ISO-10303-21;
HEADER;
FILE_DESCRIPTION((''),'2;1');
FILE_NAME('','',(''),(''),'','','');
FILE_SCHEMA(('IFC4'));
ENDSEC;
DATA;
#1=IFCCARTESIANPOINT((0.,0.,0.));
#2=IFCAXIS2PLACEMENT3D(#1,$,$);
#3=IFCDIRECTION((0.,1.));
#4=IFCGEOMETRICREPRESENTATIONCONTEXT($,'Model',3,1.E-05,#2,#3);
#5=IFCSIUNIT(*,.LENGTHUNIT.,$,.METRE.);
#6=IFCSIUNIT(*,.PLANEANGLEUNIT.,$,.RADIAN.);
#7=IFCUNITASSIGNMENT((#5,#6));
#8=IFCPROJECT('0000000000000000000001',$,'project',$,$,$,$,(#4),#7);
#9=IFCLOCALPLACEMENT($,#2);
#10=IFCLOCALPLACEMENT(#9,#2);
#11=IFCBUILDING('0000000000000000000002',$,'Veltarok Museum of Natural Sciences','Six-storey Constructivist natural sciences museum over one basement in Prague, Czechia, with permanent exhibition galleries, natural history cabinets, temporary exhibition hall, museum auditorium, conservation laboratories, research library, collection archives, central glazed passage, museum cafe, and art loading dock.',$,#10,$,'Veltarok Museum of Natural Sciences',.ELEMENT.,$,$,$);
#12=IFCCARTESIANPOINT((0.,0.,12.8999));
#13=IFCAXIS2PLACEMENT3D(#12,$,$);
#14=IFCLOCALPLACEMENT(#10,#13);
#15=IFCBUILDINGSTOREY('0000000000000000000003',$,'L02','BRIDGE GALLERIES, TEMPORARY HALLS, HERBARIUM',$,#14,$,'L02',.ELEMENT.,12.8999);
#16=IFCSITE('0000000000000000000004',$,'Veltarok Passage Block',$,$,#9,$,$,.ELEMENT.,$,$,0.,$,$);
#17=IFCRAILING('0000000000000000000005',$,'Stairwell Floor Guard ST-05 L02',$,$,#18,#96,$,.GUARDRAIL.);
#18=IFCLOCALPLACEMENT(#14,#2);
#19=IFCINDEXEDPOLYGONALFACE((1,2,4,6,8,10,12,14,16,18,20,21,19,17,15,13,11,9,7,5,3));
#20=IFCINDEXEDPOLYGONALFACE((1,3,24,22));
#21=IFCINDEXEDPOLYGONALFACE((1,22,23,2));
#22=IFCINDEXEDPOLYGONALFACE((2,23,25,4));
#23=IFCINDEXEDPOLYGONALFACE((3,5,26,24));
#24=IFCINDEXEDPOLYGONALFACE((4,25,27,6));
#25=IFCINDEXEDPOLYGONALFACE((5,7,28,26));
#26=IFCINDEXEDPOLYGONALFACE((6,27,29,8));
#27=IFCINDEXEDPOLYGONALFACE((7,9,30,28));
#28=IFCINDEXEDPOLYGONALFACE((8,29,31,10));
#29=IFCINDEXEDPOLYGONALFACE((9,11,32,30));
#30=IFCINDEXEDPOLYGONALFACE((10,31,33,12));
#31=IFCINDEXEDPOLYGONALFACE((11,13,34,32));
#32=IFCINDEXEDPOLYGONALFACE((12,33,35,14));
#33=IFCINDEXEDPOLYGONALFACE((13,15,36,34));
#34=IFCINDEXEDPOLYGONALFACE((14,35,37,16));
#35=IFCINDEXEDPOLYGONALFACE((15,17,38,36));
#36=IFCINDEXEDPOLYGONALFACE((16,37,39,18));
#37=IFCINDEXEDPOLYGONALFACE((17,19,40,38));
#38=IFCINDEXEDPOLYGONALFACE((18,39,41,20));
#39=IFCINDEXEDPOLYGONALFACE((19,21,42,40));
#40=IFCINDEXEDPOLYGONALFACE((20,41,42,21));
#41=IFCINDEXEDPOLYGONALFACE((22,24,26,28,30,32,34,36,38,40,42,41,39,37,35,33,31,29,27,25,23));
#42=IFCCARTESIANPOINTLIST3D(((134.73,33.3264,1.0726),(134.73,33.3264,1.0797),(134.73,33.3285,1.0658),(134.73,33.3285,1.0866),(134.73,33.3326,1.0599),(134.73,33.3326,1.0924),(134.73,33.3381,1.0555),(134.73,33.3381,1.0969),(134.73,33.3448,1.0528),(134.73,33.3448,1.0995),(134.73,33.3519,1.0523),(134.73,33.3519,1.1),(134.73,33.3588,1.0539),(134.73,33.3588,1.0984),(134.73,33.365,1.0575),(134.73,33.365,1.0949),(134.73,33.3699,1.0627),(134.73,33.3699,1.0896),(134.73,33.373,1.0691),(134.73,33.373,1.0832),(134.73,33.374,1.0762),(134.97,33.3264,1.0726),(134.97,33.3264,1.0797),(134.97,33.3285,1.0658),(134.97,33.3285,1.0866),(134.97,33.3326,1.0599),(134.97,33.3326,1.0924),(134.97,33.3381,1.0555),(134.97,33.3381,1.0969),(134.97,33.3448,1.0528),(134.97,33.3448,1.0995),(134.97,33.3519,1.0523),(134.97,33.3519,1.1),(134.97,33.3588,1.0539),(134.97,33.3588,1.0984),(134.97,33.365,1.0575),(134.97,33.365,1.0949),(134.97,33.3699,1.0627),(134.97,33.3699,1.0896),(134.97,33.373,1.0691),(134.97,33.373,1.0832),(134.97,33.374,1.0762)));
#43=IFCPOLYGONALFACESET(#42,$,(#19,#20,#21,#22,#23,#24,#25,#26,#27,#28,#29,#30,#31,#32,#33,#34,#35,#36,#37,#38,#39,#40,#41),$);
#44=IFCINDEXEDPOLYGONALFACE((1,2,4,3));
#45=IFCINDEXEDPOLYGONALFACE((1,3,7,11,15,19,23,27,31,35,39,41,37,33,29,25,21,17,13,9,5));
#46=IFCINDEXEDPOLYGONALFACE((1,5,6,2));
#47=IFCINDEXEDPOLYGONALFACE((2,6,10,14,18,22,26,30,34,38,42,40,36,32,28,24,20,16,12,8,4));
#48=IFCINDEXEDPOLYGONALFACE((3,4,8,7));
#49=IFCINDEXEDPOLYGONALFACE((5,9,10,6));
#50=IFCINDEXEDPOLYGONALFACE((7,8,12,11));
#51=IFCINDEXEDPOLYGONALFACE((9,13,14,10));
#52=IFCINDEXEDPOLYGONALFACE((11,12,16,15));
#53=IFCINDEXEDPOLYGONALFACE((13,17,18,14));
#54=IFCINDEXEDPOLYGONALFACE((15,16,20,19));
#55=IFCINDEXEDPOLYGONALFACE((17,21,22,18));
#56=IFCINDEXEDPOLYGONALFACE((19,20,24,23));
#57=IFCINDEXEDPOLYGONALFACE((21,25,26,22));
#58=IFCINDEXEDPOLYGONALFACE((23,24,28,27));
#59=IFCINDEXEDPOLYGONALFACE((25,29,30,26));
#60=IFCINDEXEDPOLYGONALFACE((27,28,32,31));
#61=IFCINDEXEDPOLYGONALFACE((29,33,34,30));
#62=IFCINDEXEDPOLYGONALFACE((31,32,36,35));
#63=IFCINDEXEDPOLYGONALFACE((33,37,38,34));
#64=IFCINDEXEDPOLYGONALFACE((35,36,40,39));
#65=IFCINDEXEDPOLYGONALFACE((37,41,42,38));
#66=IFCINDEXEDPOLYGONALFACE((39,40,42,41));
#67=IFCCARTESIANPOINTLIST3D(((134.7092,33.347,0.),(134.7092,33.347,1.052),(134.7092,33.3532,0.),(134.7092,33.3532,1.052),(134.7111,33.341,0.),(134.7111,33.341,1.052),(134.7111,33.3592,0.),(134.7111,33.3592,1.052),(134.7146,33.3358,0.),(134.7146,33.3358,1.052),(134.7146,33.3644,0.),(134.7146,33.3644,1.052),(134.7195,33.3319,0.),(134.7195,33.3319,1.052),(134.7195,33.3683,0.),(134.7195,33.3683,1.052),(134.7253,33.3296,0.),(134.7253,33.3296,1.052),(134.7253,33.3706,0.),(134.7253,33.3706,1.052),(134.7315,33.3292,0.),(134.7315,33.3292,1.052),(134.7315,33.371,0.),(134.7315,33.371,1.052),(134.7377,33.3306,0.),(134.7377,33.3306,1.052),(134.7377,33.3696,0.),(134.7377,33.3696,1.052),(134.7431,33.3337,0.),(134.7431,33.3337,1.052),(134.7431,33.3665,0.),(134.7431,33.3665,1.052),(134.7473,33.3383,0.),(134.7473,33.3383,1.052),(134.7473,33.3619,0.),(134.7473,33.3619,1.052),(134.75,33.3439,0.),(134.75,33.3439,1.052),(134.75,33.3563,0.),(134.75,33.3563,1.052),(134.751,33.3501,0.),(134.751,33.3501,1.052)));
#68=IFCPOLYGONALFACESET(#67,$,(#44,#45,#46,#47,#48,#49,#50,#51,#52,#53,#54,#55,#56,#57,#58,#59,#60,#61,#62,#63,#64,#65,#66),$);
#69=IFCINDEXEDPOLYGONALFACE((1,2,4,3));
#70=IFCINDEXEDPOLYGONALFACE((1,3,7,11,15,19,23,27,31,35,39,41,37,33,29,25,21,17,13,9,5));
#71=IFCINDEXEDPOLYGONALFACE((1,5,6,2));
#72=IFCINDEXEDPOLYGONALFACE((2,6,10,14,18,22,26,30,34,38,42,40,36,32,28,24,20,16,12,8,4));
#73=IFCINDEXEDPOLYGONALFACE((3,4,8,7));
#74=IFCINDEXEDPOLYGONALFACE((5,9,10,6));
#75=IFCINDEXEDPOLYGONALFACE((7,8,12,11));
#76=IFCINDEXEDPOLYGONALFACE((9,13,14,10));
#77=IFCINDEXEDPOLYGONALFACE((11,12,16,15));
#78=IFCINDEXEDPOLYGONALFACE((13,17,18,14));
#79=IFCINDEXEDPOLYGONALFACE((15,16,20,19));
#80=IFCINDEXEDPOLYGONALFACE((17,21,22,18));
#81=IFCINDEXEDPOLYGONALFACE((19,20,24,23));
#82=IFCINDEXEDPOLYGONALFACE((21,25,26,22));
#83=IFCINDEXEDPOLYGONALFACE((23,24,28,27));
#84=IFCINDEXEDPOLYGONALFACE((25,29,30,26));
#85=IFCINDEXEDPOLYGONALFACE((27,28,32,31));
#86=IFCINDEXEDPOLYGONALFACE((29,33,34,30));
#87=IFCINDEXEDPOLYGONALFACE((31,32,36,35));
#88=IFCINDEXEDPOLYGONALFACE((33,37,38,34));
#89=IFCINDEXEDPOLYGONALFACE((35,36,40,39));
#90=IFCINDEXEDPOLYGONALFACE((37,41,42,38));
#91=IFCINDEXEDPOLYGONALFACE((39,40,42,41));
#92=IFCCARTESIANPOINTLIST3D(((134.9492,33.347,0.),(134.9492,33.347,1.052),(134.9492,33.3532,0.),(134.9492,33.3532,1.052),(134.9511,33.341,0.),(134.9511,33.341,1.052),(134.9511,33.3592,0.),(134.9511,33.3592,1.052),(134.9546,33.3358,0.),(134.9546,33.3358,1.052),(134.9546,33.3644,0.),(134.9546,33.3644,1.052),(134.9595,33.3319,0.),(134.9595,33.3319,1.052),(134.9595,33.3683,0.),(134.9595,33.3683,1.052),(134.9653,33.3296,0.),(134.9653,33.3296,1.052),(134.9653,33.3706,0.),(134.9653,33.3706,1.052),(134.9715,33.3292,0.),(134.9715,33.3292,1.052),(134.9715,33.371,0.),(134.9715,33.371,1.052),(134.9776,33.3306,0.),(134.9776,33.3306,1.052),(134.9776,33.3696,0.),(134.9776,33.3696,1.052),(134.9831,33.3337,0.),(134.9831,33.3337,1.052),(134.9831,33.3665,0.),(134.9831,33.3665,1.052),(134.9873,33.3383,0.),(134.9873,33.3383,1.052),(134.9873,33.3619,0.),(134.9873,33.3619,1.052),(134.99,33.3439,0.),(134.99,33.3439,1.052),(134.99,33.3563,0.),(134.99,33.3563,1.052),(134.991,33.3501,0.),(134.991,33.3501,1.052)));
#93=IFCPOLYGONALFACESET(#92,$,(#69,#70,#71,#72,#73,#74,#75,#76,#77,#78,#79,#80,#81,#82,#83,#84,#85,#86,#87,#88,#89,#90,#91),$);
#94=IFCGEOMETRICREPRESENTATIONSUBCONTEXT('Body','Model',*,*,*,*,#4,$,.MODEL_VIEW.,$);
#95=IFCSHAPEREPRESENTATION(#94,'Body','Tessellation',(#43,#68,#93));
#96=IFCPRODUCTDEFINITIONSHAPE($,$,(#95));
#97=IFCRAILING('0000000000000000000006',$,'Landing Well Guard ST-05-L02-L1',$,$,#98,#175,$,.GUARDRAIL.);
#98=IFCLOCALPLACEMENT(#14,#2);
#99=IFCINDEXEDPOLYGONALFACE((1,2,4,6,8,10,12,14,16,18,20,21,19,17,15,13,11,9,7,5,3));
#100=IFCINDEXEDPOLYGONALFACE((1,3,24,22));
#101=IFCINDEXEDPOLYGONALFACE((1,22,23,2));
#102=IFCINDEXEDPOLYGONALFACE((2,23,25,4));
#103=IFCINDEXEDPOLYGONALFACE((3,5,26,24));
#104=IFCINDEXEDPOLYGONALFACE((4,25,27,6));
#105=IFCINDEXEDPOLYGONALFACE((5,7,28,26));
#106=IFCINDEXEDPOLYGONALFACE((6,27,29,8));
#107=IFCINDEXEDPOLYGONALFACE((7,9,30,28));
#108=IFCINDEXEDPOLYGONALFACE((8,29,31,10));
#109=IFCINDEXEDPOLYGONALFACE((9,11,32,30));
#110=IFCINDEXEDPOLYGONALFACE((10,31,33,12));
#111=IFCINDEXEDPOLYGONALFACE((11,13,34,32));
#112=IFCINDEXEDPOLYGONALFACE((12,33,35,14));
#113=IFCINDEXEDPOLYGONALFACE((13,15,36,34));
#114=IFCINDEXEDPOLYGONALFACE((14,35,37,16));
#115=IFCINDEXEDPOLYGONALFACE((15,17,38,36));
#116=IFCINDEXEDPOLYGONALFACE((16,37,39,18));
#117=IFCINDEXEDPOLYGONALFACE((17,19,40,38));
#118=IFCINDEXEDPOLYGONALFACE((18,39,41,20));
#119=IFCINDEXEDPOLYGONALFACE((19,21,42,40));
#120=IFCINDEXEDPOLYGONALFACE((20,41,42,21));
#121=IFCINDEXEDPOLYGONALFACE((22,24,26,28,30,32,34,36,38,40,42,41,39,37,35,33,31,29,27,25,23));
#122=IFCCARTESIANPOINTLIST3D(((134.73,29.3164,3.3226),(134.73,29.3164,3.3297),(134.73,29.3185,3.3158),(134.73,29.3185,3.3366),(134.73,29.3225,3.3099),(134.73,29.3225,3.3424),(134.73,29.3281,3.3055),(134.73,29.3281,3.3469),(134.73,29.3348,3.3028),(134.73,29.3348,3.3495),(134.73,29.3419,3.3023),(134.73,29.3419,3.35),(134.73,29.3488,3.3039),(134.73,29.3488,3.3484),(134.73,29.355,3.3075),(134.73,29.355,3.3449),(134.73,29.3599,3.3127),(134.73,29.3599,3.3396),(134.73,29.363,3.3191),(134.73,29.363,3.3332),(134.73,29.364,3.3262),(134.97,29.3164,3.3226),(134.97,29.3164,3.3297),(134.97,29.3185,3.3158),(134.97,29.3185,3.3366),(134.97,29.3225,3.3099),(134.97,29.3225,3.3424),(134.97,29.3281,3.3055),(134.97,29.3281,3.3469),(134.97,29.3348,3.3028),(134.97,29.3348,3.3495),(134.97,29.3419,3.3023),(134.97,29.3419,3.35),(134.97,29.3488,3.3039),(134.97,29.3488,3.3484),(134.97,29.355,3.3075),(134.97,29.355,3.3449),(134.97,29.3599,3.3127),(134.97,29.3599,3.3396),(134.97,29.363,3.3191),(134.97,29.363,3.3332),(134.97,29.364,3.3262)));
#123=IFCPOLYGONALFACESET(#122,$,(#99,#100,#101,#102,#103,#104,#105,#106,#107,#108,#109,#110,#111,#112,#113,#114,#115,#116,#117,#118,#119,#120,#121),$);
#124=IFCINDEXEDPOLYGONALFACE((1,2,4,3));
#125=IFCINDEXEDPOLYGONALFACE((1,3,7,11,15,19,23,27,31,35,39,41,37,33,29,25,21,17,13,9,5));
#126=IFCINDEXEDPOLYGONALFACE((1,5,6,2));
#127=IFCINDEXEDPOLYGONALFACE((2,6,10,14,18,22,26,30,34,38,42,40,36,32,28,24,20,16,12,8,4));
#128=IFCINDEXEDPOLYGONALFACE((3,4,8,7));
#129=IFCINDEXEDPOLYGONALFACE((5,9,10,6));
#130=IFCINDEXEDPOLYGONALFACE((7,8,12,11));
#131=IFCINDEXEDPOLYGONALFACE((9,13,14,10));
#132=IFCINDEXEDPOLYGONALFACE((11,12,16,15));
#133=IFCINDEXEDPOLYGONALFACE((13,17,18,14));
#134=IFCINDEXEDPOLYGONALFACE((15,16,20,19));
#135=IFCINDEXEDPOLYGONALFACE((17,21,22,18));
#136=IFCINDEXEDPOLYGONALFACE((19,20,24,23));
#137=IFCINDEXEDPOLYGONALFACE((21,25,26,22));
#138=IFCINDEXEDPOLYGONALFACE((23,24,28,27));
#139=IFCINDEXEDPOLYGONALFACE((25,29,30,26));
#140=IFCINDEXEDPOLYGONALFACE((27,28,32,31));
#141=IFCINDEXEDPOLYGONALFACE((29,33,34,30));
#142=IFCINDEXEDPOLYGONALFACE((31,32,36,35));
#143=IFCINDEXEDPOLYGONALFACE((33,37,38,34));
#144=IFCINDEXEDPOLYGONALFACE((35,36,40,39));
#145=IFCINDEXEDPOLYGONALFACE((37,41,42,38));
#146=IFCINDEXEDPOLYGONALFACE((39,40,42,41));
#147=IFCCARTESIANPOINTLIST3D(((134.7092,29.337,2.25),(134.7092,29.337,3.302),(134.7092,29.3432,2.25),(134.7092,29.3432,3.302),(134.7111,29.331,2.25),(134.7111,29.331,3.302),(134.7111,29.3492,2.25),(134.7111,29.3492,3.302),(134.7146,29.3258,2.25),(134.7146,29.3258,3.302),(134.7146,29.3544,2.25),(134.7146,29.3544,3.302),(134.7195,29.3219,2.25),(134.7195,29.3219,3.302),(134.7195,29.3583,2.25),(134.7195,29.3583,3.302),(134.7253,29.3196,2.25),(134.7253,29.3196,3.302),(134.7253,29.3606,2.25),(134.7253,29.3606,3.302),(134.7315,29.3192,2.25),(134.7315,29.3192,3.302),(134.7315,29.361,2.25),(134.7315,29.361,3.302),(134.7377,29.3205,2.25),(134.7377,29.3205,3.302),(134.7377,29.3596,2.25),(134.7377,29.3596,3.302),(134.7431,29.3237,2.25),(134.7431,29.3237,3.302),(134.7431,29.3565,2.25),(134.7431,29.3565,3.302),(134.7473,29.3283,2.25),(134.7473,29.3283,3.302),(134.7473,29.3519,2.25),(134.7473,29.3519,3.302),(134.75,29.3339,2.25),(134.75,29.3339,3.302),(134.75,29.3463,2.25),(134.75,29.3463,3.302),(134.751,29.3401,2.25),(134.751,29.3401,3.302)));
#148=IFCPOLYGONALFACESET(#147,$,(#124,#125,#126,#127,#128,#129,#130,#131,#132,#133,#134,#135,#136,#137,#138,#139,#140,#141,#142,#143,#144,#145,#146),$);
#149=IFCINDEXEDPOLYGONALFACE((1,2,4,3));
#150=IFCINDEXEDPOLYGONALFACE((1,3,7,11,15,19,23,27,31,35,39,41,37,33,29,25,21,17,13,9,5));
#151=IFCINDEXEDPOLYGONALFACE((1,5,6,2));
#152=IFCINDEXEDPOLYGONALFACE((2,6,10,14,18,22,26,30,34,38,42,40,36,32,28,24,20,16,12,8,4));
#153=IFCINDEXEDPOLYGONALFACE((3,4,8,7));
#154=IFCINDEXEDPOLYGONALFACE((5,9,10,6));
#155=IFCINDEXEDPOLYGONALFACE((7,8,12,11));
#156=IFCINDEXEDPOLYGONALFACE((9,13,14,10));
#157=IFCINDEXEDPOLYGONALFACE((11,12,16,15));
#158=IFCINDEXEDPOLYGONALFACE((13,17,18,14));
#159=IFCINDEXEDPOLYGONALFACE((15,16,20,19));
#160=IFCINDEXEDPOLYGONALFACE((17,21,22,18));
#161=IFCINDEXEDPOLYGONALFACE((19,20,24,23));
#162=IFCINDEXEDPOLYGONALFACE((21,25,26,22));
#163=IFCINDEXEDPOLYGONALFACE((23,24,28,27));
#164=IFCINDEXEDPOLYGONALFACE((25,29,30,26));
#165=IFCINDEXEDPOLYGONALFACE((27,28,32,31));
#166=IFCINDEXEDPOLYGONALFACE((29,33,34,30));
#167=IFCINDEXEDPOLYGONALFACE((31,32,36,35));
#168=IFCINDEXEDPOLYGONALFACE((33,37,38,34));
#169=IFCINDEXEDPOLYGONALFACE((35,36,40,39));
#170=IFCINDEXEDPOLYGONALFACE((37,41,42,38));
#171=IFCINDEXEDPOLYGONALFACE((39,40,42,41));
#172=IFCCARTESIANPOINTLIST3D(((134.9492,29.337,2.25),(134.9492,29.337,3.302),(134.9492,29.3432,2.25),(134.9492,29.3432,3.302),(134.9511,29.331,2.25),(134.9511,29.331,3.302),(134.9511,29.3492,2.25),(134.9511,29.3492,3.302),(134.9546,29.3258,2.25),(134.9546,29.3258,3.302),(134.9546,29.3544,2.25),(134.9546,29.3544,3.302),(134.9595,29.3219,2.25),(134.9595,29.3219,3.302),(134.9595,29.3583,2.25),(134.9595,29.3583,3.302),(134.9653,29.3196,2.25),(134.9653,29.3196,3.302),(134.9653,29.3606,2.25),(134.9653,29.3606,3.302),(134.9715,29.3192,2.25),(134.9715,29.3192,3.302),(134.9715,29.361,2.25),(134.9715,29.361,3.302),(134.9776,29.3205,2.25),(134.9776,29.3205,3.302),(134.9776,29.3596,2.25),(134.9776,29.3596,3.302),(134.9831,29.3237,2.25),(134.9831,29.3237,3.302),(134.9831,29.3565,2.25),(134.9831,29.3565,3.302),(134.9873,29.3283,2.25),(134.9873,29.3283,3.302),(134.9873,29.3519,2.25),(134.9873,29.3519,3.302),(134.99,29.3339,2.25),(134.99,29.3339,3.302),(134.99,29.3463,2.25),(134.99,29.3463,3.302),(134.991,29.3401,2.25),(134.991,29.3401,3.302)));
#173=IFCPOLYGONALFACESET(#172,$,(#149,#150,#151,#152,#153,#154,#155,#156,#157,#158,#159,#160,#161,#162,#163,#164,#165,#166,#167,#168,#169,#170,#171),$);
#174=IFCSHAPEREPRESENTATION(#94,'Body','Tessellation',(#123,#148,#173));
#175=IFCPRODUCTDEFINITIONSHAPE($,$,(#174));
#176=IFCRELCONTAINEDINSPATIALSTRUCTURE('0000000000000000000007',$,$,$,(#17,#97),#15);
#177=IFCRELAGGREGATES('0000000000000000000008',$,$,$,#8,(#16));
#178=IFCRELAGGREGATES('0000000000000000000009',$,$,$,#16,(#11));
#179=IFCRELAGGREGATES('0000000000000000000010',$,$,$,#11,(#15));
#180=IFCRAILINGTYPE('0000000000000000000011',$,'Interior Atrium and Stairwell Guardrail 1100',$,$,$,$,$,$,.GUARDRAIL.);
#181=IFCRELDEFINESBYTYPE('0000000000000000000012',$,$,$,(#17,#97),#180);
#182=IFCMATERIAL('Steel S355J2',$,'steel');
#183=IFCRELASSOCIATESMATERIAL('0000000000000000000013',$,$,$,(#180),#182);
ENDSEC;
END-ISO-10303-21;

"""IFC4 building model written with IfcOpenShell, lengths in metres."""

from ifc_helpers import new_model, si_unit, direction, frame, origin, origin_2d, place, context, subcontext, project, spatial, circle, extrude, material, type_object, element, save


model = new_model("IFC4")

# Units and contexts
model_context = context("Model", 3, precision=1e-05, world=origin(), true_north=direction((0.0, 1.0)))
body_context = subcontext(model_context, "Body", "Model", "MODEL_VIEW")
ifc_project = project(units=[si_unit("LENGTHUNIT", "METRE"), si_unit("PLANEANGLEUNIT", "RADIAN")], contexts=[model_context])

# Site, building, storey
site_placement = place(None, origin())
site = spatial("IfcSite", under=ifc_project, at=site_placement, Name="Veltarok Passage Block", CompositionType="ELEMENT", RefElevation=0.0)
building_placement = place(site_placement, origin())
building = spatial("IfcBuilding", under=site, at=building_placement, Name="Veltarok Museum of Natural Sciences", Description="Six-storey Constructivist natural sciences museum over one basement in Prague, Czechia, with permanent exhibition galleries, natural history cabinets, temporary exhibition hall, museum auditorium, conservation laboratories, research library, collection archives, central glazed passage, museum cafe, and art loading dock.", LongName="Veltarok Museum of Natural Sciences", CompositionType="ELEMENT")
storey_placement = place(building_placement, frame((0.0, 0.0, 12.8999)))
storey = spatial("IfcBuildingStorey", under=building, at=storey_placement, Name="L02", Description="BRIDGE GALLERIES, TEMPORARY HALLS, HERBARIUM", LongName="L02", CompositionType="ELEMENT", Elevation=12.8999)

# Shared definitions
ifc_material_1 = material(Name="Steel S355J2", Category="steel")

# Railings
railing_type_1 = type_object("IfcRailingType", Name="Interior Atrium and Stairwell Guardrail 1100", PredefinedType="GUARDRAIL", material=ifc_material_1)
for number, where, name in (
    (1, (134.73, 33.3501, 0.0), "Stairwell Floor Guard ST-05 L02"),
    (2, (134.73, 29.3401, 2.25), "Landing Well Guard ST-05-L02-L1"),
):
    element("IfcRailing", number, at=place(storey_placement, frame(where)), inside=storey, type_object=railing_type_1, Name=name, PredefinedType="GUARDRAIL", context=body_context, shape_type="SweptSolid", body=[
        extrude(circle(Radius=0.0239, at=origin_2d()), frame((0.0, 0.0, 1.0762), z_axis=(1.0, 0.0, 0.0), x_axis=(0.0, 1.0, 0.0)), (0.0, 0.0, 1.0), 0.24),
        extrude(circle(Radius=0.021, at=origin_2d()), origin(), (0.0, 0.0, 1.0), 1.052),
        extrude(circle(Radius=0.021, at=origin_2d()), frame((0.24, 0.0, 0.0)), (0.0, 0.0, 1.0), 1.052),
    ])

save(model, "model.ifc")
